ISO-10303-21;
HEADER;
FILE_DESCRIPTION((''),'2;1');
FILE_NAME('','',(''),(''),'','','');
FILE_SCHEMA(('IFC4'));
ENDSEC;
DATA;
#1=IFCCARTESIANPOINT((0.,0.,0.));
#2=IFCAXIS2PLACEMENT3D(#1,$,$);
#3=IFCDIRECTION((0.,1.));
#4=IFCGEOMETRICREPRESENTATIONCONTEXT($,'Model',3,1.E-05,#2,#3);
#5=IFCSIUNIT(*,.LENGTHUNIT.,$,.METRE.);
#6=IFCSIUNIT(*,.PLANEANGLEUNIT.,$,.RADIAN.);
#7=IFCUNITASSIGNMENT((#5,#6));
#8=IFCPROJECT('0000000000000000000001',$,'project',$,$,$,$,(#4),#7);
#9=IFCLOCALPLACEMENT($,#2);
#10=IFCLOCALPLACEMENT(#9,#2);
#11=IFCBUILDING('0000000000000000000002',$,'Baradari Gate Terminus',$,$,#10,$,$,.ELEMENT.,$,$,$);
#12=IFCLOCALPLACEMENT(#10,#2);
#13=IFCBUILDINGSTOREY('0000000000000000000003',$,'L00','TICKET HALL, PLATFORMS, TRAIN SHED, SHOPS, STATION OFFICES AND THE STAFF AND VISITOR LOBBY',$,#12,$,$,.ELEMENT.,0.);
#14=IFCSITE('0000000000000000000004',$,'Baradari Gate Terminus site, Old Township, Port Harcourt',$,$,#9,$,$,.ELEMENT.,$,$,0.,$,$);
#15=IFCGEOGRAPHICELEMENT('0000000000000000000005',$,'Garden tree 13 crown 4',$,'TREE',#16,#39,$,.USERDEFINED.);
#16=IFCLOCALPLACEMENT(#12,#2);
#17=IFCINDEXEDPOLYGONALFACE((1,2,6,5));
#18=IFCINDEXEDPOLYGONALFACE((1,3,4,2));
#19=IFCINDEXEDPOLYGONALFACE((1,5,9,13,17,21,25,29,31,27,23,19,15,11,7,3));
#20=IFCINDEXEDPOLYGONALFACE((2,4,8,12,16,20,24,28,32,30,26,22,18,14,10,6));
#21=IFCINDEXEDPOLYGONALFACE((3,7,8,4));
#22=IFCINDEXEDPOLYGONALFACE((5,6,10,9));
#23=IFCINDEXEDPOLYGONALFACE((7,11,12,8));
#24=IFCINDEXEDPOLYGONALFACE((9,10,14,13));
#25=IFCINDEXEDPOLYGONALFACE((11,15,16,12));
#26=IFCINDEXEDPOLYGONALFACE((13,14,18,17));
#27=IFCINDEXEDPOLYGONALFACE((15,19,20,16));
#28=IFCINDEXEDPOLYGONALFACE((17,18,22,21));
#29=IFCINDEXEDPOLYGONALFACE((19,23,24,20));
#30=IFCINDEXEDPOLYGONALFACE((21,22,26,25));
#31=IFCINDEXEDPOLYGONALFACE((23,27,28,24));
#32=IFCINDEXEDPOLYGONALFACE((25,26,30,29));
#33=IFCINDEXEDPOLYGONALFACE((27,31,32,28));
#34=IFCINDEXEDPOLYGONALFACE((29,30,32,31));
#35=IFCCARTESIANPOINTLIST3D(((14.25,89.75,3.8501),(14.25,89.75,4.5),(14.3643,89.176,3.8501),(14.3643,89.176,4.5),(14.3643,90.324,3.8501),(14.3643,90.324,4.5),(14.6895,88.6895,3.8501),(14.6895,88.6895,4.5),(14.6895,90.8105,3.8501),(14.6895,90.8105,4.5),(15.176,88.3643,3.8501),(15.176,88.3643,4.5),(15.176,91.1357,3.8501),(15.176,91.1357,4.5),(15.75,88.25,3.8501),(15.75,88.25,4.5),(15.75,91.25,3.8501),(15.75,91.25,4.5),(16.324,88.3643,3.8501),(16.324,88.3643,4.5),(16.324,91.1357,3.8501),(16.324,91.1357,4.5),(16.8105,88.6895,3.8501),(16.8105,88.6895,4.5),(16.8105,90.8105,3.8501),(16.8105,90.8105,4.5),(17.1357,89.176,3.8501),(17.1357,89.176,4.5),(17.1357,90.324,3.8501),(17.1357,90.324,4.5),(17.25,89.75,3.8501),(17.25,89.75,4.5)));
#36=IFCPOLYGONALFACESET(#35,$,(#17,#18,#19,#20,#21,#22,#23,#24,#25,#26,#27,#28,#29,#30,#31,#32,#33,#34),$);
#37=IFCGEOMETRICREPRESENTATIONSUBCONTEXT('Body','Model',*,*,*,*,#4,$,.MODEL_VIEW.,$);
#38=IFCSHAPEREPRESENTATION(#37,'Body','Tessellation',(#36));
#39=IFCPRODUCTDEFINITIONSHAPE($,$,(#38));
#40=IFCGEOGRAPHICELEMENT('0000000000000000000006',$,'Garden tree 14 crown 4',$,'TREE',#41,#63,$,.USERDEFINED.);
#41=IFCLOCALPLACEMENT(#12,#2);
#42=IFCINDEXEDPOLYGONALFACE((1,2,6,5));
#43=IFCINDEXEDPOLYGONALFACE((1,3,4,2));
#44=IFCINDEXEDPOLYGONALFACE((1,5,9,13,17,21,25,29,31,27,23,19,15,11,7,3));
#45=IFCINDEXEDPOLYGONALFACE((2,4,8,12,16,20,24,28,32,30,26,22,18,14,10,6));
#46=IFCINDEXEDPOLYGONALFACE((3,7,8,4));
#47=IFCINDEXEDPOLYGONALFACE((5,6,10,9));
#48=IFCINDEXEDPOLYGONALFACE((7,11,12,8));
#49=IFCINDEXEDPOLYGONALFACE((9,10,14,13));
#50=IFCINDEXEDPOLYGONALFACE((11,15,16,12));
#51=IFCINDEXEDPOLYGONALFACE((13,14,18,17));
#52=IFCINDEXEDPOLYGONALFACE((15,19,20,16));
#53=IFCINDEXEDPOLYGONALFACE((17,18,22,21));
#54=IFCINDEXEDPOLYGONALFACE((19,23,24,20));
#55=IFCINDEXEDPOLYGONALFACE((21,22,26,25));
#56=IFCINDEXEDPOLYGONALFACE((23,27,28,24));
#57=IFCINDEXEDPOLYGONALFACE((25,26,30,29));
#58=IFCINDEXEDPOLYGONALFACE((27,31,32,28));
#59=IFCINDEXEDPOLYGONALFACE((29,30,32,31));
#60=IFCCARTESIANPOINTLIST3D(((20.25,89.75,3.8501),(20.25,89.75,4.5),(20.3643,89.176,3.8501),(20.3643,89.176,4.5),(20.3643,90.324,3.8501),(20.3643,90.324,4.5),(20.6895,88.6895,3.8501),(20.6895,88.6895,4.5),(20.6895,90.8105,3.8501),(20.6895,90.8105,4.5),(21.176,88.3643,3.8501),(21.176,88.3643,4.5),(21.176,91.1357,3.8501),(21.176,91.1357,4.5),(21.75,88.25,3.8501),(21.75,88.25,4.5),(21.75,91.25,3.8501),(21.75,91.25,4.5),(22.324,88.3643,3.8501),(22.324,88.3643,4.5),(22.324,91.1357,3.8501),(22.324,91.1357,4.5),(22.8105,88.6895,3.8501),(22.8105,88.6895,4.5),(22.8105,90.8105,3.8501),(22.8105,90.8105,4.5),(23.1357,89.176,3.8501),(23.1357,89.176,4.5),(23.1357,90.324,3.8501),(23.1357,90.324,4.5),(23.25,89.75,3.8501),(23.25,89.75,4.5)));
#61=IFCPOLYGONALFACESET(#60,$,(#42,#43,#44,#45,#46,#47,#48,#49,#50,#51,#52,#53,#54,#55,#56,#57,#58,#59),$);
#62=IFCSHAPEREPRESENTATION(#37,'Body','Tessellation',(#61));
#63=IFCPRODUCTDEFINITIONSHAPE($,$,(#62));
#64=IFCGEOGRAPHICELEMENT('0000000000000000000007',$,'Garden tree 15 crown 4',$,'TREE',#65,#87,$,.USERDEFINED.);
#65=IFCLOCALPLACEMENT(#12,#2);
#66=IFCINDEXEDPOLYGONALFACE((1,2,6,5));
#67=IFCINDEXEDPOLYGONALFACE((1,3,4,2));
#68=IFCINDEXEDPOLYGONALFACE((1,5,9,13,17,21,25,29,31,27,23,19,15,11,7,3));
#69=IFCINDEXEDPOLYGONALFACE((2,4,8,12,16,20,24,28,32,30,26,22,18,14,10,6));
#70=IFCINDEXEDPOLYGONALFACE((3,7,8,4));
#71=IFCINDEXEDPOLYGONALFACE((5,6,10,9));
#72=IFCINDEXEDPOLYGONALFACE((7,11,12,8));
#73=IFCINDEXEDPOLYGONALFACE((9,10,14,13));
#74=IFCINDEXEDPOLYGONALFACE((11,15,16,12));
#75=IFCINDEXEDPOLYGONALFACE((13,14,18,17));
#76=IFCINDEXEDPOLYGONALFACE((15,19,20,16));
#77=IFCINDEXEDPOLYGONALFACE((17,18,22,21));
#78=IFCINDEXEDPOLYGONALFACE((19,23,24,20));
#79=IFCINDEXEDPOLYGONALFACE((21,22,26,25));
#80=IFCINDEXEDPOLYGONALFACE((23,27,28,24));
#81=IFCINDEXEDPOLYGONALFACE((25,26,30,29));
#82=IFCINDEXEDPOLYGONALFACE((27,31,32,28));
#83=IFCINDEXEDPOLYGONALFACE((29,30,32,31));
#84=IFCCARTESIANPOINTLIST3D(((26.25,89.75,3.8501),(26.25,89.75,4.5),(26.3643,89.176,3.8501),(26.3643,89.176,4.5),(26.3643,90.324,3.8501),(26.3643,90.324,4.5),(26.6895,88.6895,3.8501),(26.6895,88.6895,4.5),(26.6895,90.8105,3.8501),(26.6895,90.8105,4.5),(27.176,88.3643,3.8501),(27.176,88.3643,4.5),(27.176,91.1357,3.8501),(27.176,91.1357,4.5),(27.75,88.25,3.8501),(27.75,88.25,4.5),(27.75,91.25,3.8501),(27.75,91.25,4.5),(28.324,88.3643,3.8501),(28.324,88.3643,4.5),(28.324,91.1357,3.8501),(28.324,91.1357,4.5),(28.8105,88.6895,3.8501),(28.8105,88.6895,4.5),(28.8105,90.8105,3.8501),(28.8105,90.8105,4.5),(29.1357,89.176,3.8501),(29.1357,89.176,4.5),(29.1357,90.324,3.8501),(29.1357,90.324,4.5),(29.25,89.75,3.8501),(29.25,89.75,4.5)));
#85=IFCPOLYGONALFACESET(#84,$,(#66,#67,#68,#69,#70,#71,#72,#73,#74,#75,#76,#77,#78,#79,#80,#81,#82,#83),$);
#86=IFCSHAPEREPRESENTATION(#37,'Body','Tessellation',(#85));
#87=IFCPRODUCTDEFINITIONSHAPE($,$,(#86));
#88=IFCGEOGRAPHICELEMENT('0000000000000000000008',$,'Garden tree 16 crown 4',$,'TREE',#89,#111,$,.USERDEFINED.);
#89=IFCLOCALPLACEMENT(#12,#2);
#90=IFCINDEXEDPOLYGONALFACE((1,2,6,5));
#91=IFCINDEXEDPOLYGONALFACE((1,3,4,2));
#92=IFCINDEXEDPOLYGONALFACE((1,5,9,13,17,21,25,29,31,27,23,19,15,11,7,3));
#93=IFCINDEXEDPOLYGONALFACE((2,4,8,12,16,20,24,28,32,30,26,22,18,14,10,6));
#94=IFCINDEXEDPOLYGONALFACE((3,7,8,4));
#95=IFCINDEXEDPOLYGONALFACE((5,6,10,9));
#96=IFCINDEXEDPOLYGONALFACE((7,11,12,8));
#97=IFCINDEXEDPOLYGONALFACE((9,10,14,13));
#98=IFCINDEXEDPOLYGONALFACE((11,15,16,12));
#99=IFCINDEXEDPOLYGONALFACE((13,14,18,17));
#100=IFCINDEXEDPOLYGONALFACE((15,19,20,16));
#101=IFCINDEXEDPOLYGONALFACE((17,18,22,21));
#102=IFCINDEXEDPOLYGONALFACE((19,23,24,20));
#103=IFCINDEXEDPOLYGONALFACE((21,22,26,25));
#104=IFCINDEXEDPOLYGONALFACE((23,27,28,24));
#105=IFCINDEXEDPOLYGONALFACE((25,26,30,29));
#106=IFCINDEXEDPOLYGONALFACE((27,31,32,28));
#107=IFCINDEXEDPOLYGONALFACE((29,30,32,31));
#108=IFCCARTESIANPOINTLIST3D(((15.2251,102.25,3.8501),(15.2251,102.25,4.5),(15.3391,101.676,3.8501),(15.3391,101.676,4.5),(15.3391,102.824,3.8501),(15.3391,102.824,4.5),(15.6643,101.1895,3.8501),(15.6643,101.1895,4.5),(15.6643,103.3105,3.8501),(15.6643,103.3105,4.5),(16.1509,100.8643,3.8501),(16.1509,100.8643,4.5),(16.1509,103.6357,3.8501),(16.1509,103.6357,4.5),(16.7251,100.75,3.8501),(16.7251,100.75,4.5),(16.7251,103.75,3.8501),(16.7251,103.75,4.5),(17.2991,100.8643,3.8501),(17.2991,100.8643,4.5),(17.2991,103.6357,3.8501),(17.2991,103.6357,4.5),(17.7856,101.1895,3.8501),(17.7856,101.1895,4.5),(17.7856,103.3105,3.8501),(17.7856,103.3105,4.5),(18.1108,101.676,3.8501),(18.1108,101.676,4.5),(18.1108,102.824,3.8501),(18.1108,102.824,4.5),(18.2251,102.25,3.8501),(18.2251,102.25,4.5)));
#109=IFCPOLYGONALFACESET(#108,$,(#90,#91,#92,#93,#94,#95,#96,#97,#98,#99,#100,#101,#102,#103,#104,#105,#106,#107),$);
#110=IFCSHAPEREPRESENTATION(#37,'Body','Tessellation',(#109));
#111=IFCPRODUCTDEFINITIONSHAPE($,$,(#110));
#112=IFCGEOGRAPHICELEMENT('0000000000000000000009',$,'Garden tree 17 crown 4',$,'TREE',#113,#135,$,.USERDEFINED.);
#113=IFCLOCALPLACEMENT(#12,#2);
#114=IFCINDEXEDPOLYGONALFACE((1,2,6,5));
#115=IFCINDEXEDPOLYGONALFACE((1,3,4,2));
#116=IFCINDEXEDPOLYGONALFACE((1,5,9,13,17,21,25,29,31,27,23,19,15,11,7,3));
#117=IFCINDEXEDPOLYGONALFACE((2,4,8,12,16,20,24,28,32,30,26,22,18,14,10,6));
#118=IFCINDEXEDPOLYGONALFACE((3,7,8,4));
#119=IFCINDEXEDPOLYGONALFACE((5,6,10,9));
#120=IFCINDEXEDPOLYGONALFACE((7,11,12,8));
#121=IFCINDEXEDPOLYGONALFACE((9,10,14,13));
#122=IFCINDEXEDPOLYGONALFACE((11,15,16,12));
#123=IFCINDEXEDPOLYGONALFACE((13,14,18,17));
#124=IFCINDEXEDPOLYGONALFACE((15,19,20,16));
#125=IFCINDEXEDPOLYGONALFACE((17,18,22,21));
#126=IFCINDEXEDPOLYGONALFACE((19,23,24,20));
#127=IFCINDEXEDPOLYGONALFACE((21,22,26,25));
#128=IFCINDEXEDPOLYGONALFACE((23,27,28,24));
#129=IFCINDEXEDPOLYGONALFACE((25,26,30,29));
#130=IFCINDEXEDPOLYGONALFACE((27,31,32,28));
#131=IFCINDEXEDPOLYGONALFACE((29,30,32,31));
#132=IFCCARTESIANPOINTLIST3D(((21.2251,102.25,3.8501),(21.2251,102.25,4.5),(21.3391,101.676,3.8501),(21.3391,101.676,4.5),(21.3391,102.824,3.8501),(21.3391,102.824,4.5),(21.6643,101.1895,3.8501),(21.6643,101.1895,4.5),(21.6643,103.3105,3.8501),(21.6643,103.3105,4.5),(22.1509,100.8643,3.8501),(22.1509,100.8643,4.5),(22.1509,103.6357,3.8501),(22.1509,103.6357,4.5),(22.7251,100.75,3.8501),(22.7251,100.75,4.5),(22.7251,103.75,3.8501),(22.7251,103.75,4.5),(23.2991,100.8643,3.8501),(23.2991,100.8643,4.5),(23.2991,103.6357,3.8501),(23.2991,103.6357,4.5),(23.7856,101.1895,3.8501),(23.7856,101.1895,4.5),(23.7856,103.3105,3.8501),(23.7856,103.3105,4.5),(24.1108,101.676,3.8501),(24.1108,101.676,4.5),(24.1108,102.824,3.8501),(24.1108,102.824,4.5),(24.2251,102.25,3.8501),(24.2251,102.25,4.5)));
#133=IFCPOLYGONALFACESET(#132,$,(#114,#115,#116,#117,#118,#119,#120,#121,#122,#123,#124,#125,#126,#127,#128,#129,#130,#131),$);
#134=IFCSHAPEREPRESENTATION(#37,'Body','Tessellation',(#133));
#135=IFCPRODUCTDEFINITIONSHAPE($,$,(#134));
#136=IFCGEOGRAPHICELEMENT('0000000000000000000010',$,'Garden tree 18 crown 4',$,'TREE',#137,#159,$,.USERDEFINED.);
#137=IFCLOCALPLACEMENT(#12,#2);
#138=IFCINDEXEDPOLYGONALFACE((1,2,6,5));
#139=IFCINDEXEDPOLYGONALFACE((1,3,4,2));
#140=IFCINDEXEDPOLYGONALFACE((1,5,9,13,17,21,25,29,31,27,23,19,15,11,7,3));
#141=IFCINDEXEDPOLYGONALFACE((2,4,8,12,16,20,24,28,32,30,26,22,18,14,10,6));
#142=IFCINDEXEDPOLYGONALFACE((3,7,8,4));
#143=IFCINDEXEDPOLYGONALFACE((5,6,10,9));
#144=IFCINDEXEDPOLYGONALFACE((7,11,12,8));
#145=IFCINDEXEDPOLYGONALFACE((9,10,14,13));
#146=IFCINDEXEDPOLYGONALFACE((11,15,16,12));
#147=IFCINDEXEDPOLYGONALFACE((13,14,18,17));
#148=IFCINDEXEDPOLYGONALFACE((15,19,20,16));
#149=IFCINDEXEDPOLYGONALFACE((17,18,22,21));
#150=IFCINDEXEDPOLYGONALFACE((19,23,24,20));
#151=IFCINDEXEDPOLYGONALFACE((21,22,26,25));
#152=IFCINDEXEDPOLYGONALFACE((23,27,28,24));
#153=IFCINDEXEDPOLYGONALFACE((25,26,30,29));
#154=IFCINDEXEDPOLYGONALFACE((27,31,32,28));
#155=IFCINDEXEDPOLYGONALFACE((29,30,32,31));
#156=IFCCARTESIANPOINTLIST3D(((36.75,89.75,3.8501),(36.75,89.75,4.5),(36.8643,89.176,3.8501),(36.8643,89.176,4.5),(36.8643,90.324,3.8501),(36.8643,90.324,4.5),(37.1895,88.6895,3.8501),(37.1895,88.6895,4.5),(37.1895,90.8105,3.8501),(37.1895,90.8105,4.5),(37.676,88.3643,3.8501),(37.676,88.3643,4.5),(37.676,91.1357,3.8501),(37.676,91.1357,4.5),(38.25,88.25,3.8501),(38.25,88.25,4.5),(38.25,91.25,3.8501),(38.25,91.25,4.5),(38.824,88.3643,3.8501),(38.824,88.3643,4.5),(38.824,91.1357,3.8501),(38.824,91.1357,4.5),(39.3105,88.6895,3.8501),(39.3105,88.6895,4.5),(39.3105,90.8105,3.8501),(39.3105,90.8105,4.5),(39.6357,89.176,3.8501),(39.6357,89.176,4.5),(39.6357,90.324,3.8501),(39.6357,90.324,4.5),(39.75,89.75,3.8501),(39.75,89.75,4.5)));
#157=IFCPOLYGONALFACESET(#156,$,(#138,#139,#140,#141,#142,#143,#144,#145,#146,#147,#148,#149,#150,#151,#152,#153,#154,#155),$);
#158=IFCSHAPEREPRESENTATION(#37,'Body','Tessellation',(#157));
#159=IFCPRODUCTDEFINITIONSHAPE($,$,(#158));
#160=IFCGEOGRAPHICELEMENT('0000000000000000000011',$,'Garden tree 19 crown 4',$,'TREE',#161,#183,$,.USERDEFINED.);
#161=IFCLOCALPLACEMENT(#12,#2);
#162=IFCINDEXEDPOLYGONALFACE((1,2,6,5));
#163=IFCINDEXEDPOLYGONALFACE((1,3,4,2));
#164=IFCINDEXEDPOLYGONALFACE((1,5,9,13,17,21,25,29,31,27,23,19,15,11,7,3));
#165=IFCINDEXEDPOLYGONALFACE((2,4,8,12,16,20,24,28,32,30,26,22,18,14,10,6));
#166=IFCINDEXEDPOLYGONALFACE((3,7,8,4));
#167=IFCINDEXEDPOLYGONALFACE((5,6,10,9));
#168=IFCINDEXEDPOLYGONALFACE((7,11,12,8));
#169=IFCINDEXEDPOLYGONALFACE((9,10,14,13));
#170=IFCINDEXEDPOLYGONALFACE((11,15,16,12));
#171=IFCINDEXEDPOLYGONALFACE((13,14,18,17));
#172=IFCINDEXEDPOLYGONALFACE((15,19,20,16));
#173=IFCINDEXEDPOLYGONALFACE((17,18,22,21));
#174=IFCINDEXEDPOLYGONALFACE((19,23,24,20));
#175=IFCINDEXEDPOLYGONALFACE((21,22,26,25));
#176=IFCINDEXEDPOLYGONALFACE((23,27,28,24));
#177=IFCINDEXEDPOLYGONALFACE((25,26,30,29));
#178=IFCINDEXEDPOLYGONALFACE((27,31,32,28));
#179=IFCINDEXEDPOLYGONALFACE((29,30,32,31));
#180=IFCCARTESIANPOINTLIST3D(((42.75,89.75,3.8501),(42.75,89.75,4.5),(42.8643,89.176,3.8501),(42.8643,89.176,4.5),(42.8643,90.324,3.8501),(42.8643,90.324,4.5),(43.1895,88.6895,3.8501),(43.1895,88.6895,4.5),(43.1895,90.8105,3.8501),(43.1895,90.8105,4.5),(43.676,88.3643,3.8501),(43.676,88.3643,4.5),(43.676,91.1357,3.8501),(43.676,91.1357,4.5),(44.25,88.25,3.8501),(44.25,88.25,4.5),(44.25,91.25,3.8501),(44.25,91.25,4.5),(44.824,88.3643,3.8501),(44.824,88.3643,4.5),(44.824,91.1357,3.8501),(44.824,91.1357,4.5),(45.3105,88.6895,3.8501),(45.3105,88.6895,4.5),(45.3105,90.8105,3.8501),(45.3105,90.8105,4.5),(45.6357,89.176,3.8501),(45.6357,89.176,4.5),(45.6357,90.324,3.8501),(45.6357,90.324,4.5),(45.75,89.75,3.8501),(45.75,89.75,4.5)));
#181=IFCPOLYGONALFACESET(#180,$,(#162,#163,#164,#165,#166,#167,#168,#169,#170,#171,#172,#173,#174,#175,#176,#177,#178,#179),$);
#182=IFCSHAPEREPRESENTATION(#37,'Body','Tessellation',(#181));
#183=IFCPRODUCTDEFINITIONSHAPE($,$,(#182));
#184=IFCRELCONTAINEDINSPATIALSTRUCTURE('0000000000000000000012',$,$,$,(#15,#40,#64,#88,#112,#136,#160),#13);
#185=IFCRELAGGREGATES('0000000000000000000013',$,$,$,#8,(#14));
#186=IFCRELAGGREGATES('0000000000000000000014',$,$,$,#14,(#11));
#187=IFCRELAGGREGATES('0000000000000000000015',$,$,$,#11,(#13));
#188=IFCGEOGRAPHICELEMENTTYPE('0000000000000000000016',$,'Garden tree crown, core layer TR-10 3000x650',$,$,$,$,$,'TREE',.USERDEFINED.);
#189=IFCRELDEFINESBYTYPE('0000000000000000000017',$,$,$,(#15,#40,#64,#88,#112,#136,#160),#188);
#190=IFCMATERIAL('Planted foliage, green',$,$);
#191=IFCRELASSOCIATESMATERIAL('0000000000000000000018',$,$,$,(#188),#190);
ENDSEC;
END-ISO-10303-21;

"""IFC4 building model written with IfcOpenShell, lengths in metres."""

from ifc_helpers import new_model, si_unit, direction, frame, origin, place, context, subcontext, project, spatial, polyline, outline, extrude, material, type_object, element, save


model = new_model("IFC4")

# Units and contexts
model_context = context("Model", 3, precision=1e-05, world=origin(), true_north=direction((0.0, 1.0)))
body_context = subcontext(model_context, "Body", "Model", "MODEL_VIEW")
ifc_project = project(units=[si_unit("LENGTHUNIT", "METRE"), si_unit("PLANEANGLEUNIT", "RADIAN")], contexts=[model_context])

# Site, building, storey
site_placement = place(None, origin())
site = spatial("IfcSite", under=ifc_project, at=site_placement, Name="Baradari Gate Terminus site, Old Township, Port Harcourt", CompositionType="ELEMENT", RefElevation=0.0)
building_placement = place(site_placement, origin())
building = spatial("IfcBuilding", under=site, at=building_placement, Name="Baradari Gate Terminus", CompositionType="ELEMENT")
storey_placement = place(building_placement, origin())
storey = spatial("IfcBuildingStorey", under=building, at=storey_placement, Name="L00", Description="TICKET HALL, PLATFORMS, TRAIN SHED, SHOPS, STATION OFFICES AND THE STAFF AND VISITOR LOBBY", CompositionType="ELEMENT", Elevation=0.0)

# Geographic elements
ifc_material_1 = material(Name="Planted foliage, green")
geographic_element_type_1 = type_object("IfcGeographicElementType", Name="Garden tree crown, core layer TR-10 3000x650", ElementType="TREE", PredefinedType="USERDEFINED", material=ifc_material_1)
geographic_element_1_placement = place(storey_placement, frame((0.0, 0.0, 3.8501)))
element("IfcGeographicElement", 1, at=geographic_element_1_placement, inside=storey, type_object=geographic_element_type_1, Name="Garden tree 13 crown 4", ObjectType="TREE", PredefinedType="USERDEFINED", context=body_context, shape_type="SweptSolid", body=[
    extrude(outline(polyline([(17.25, 89.75), (17.1357, 90.324), (16.8105, 90.8105), (16.324, 91.1357), (15.75, 91.25), (15.176, 91.1357), (14.6895, 90.8105), (14.3643, 90.324), (14.25, 89.75), (14.3643, 89.176), (14.6895, 88.6895), (15.176, 88.3643), (15.75, 88.25), (16.324, 88.3643), (16.8105, 88.6895), (17.1357, 89.176), (17.25, 89.75)])), origin(), (0.0, 0.0, 1.0), 0.6499),
])
geographic_element_2_placement = place(storey_placement, frame((0.0, 0.0, 3.8501)))
element("IfcGeographicElement", 2, at=geographic_element_2_placement, inside=storey, type_object=geographic_element_type_1, Name="Garden tree 14 crown 4", ObjectType="TREE", PredefinedType="USERDEFINED", context=body_context, shape_type="SweptSolid", body=[
    extrude(outline(polyline([(23.25, 89.75), (23.1357, 90.324), (22.8105, 90.8105), (22.324, 91.1357), (21.75, 91.25), (21.176, 91.1357), (20.6895, 90.8105), (20.3643, 90.324), (20.25, 89.75), (20.3643, 89.176), (20.6895, 88.6895), (21.176, 88.3643), (21.75, 88.25), (22.324, 88.3643), (22.8105, 88.6895), (23.1357, 89.176), (23.25, 89.75)])), origin(), (0.0, 0.0, 1.0), 0.6499),
])
geographic_element_3_placement = place(storey_placement, frame((0.0, 0.0, 3.8501)))
element("IfcGeographicElement", 3, at=geographic_element_3_placement, inside=storey, type_object=geographic_element_type_1, Name="Garden tree 15 crown 4", ObjectType="TREE", PredefinedType="USERDEFINED", context=body_context, shape_type="SweptSolid", body=[
    extrude(outline(polyline([(29.25, 89.75), (29.1357, 90.324), (28.8105, 90.8105), (28.324, 91.1357), (27.75, 91.25), (27.176, 91.1357), (26.6895, 90.8105), (26.3643, 90.324), (26.25, 89.75), (26.3643, 89.176), (26.6895, 88.6895), (27.176, 88.3643), (27.75, 88.25), (28.324, 88.3643), (28.8105, 88.6895), (29.1357, 89.176), (29.25, 89.75)])), origin(), (0.0, 0.0, 1.0), 0.6499),
])
geographic_element_4_placement = place(storey_placement, frame((0.0, 0.0, 3.8501)))
element("IfcGeographicElement", 4, at=geographic_element_4_placement, inside=storey, type_object=geographic_element_type_1, Name="Garden tree 16 crown 4", ObjectType="TREE", PredefinedType="USERDEFINED", context=body_context, shape_type="SweptSolid", body=[
    extrude(outline(polyline([(18.2251, 102.25), (18.1108, 102.824), (17.7856, 103.3105), (17.2991, 103.6357), (16.7251, 103.75), (16.1509, 103.6357), (15.6643, 103.3105), (15.3391, 102.824), (15.2251, 102.25), (15.3391, 101.676), (15.6643, 101.1895), (16.1509, 100.8643), (16.7251, 100.75), (17.2991, 100.8643), (17.7856, 101.1895), (18.1108, 101.676), (18.2251, 102.25)])), origin(), (0.0, 0.0, 1.0), 0.6499),
])
geographic_element_5_placement = place(storey_placement, frame((0.0, 0.0, 3.8501)))
element("IfcGeographicElement", 5, at=geographic_element_5_placement, inside=storey, type_object=geographic_element_type_1, Name="Garden tree 17 crown 4", ObjectType="TREE", PredefinedType="USERDEFINED", context=body_context, shape_type="SweptSolid", body=[
    extrude(outline(polyline([(24.2251, 102.25), (24.1108, 102.824), (23.7856, 103.3105), (23.2991, 103.6357), (22.7251, 103.75), (22.1509, 103.6357), (21.6643, 103.3105), (21.3391, 102.824), (21.2251, 102.25), (21.3391, 101.676), (21.6643, 101.1895), (22.1509, 100.8643), (22.7251, 100.75), (23.2991, 100.8643), (23.7856, 101.1895), (24.1108, 101.676), (24.2251, 102.25)])), origin(), (0.0, 0.0, 1.0), 0.6499),
])
geographic_element_6_placement = place(storey_placement, frame((0.0, 0.0, 3.8501)))
element("IfcGeographicElement", 6, at=geographic_element_6_placement, inside=storey, type_object=geographic_element_type_1, Name="Garden tree 18 crown 4", ObjectType="TREE", PredefinedType="USERDEFINED", context=body_context, shape_type="SweptSolid", body=[
    extrude(outline(polyline([(39.75, 89.75), (39.6357, 90.324), (39.3105, 90.8105), (38.824, 91.1357), (38.25, 91.25), (37.676, 91.1357), (37.1895, 90.8105), (36.8643, 90.324), (36.75, 89.75), (36.8643, 89.176), (37.1895, 88.6895), (37.676, 88.3643), (38.25, 88.25), (38.824, 88.3643), (39.3105, 88.6895), (39.6357, 89.176), (39.75, 89.75)])), origin(), (0.0, 0.0, 1.0), 0.6499),
])
geographic_element_7_placement = place(storey_placement, frame((0.0, 0.0, 3.8501)))
element("IfcGeographicElement", 7, at=geographic_element_7_placement, inside=storey, type_object=geographic_element_type_1, Name="Garden tree 19 crown 4", ObjectType="TREE", PredefinedType="USERDEFINED", context=body_context, shape_type="SweptSolid", body=[
    extrude(outline(polyline([(45.75, 89.75), (45.6357, 90.324), (45.3105, 90.8105), (44.824, 91.1357), (44.25, 91.25), (43.676, 91.1357), (43.1895, 90.8105), (42.8643, 90.324), (42.75, 89.75), (42.8643, 89.176), (43.1895, 88.6895), (43.676, 88.3643), (44.25, 88.25), (44.824, 88.3643), (45.3105, 88.6895), (45.6357, 89.176), (45.75, 89.75)])), origin(), (0.0, 0.0, 1.0), 0.6499),
])

save(model, "model.ifc")
